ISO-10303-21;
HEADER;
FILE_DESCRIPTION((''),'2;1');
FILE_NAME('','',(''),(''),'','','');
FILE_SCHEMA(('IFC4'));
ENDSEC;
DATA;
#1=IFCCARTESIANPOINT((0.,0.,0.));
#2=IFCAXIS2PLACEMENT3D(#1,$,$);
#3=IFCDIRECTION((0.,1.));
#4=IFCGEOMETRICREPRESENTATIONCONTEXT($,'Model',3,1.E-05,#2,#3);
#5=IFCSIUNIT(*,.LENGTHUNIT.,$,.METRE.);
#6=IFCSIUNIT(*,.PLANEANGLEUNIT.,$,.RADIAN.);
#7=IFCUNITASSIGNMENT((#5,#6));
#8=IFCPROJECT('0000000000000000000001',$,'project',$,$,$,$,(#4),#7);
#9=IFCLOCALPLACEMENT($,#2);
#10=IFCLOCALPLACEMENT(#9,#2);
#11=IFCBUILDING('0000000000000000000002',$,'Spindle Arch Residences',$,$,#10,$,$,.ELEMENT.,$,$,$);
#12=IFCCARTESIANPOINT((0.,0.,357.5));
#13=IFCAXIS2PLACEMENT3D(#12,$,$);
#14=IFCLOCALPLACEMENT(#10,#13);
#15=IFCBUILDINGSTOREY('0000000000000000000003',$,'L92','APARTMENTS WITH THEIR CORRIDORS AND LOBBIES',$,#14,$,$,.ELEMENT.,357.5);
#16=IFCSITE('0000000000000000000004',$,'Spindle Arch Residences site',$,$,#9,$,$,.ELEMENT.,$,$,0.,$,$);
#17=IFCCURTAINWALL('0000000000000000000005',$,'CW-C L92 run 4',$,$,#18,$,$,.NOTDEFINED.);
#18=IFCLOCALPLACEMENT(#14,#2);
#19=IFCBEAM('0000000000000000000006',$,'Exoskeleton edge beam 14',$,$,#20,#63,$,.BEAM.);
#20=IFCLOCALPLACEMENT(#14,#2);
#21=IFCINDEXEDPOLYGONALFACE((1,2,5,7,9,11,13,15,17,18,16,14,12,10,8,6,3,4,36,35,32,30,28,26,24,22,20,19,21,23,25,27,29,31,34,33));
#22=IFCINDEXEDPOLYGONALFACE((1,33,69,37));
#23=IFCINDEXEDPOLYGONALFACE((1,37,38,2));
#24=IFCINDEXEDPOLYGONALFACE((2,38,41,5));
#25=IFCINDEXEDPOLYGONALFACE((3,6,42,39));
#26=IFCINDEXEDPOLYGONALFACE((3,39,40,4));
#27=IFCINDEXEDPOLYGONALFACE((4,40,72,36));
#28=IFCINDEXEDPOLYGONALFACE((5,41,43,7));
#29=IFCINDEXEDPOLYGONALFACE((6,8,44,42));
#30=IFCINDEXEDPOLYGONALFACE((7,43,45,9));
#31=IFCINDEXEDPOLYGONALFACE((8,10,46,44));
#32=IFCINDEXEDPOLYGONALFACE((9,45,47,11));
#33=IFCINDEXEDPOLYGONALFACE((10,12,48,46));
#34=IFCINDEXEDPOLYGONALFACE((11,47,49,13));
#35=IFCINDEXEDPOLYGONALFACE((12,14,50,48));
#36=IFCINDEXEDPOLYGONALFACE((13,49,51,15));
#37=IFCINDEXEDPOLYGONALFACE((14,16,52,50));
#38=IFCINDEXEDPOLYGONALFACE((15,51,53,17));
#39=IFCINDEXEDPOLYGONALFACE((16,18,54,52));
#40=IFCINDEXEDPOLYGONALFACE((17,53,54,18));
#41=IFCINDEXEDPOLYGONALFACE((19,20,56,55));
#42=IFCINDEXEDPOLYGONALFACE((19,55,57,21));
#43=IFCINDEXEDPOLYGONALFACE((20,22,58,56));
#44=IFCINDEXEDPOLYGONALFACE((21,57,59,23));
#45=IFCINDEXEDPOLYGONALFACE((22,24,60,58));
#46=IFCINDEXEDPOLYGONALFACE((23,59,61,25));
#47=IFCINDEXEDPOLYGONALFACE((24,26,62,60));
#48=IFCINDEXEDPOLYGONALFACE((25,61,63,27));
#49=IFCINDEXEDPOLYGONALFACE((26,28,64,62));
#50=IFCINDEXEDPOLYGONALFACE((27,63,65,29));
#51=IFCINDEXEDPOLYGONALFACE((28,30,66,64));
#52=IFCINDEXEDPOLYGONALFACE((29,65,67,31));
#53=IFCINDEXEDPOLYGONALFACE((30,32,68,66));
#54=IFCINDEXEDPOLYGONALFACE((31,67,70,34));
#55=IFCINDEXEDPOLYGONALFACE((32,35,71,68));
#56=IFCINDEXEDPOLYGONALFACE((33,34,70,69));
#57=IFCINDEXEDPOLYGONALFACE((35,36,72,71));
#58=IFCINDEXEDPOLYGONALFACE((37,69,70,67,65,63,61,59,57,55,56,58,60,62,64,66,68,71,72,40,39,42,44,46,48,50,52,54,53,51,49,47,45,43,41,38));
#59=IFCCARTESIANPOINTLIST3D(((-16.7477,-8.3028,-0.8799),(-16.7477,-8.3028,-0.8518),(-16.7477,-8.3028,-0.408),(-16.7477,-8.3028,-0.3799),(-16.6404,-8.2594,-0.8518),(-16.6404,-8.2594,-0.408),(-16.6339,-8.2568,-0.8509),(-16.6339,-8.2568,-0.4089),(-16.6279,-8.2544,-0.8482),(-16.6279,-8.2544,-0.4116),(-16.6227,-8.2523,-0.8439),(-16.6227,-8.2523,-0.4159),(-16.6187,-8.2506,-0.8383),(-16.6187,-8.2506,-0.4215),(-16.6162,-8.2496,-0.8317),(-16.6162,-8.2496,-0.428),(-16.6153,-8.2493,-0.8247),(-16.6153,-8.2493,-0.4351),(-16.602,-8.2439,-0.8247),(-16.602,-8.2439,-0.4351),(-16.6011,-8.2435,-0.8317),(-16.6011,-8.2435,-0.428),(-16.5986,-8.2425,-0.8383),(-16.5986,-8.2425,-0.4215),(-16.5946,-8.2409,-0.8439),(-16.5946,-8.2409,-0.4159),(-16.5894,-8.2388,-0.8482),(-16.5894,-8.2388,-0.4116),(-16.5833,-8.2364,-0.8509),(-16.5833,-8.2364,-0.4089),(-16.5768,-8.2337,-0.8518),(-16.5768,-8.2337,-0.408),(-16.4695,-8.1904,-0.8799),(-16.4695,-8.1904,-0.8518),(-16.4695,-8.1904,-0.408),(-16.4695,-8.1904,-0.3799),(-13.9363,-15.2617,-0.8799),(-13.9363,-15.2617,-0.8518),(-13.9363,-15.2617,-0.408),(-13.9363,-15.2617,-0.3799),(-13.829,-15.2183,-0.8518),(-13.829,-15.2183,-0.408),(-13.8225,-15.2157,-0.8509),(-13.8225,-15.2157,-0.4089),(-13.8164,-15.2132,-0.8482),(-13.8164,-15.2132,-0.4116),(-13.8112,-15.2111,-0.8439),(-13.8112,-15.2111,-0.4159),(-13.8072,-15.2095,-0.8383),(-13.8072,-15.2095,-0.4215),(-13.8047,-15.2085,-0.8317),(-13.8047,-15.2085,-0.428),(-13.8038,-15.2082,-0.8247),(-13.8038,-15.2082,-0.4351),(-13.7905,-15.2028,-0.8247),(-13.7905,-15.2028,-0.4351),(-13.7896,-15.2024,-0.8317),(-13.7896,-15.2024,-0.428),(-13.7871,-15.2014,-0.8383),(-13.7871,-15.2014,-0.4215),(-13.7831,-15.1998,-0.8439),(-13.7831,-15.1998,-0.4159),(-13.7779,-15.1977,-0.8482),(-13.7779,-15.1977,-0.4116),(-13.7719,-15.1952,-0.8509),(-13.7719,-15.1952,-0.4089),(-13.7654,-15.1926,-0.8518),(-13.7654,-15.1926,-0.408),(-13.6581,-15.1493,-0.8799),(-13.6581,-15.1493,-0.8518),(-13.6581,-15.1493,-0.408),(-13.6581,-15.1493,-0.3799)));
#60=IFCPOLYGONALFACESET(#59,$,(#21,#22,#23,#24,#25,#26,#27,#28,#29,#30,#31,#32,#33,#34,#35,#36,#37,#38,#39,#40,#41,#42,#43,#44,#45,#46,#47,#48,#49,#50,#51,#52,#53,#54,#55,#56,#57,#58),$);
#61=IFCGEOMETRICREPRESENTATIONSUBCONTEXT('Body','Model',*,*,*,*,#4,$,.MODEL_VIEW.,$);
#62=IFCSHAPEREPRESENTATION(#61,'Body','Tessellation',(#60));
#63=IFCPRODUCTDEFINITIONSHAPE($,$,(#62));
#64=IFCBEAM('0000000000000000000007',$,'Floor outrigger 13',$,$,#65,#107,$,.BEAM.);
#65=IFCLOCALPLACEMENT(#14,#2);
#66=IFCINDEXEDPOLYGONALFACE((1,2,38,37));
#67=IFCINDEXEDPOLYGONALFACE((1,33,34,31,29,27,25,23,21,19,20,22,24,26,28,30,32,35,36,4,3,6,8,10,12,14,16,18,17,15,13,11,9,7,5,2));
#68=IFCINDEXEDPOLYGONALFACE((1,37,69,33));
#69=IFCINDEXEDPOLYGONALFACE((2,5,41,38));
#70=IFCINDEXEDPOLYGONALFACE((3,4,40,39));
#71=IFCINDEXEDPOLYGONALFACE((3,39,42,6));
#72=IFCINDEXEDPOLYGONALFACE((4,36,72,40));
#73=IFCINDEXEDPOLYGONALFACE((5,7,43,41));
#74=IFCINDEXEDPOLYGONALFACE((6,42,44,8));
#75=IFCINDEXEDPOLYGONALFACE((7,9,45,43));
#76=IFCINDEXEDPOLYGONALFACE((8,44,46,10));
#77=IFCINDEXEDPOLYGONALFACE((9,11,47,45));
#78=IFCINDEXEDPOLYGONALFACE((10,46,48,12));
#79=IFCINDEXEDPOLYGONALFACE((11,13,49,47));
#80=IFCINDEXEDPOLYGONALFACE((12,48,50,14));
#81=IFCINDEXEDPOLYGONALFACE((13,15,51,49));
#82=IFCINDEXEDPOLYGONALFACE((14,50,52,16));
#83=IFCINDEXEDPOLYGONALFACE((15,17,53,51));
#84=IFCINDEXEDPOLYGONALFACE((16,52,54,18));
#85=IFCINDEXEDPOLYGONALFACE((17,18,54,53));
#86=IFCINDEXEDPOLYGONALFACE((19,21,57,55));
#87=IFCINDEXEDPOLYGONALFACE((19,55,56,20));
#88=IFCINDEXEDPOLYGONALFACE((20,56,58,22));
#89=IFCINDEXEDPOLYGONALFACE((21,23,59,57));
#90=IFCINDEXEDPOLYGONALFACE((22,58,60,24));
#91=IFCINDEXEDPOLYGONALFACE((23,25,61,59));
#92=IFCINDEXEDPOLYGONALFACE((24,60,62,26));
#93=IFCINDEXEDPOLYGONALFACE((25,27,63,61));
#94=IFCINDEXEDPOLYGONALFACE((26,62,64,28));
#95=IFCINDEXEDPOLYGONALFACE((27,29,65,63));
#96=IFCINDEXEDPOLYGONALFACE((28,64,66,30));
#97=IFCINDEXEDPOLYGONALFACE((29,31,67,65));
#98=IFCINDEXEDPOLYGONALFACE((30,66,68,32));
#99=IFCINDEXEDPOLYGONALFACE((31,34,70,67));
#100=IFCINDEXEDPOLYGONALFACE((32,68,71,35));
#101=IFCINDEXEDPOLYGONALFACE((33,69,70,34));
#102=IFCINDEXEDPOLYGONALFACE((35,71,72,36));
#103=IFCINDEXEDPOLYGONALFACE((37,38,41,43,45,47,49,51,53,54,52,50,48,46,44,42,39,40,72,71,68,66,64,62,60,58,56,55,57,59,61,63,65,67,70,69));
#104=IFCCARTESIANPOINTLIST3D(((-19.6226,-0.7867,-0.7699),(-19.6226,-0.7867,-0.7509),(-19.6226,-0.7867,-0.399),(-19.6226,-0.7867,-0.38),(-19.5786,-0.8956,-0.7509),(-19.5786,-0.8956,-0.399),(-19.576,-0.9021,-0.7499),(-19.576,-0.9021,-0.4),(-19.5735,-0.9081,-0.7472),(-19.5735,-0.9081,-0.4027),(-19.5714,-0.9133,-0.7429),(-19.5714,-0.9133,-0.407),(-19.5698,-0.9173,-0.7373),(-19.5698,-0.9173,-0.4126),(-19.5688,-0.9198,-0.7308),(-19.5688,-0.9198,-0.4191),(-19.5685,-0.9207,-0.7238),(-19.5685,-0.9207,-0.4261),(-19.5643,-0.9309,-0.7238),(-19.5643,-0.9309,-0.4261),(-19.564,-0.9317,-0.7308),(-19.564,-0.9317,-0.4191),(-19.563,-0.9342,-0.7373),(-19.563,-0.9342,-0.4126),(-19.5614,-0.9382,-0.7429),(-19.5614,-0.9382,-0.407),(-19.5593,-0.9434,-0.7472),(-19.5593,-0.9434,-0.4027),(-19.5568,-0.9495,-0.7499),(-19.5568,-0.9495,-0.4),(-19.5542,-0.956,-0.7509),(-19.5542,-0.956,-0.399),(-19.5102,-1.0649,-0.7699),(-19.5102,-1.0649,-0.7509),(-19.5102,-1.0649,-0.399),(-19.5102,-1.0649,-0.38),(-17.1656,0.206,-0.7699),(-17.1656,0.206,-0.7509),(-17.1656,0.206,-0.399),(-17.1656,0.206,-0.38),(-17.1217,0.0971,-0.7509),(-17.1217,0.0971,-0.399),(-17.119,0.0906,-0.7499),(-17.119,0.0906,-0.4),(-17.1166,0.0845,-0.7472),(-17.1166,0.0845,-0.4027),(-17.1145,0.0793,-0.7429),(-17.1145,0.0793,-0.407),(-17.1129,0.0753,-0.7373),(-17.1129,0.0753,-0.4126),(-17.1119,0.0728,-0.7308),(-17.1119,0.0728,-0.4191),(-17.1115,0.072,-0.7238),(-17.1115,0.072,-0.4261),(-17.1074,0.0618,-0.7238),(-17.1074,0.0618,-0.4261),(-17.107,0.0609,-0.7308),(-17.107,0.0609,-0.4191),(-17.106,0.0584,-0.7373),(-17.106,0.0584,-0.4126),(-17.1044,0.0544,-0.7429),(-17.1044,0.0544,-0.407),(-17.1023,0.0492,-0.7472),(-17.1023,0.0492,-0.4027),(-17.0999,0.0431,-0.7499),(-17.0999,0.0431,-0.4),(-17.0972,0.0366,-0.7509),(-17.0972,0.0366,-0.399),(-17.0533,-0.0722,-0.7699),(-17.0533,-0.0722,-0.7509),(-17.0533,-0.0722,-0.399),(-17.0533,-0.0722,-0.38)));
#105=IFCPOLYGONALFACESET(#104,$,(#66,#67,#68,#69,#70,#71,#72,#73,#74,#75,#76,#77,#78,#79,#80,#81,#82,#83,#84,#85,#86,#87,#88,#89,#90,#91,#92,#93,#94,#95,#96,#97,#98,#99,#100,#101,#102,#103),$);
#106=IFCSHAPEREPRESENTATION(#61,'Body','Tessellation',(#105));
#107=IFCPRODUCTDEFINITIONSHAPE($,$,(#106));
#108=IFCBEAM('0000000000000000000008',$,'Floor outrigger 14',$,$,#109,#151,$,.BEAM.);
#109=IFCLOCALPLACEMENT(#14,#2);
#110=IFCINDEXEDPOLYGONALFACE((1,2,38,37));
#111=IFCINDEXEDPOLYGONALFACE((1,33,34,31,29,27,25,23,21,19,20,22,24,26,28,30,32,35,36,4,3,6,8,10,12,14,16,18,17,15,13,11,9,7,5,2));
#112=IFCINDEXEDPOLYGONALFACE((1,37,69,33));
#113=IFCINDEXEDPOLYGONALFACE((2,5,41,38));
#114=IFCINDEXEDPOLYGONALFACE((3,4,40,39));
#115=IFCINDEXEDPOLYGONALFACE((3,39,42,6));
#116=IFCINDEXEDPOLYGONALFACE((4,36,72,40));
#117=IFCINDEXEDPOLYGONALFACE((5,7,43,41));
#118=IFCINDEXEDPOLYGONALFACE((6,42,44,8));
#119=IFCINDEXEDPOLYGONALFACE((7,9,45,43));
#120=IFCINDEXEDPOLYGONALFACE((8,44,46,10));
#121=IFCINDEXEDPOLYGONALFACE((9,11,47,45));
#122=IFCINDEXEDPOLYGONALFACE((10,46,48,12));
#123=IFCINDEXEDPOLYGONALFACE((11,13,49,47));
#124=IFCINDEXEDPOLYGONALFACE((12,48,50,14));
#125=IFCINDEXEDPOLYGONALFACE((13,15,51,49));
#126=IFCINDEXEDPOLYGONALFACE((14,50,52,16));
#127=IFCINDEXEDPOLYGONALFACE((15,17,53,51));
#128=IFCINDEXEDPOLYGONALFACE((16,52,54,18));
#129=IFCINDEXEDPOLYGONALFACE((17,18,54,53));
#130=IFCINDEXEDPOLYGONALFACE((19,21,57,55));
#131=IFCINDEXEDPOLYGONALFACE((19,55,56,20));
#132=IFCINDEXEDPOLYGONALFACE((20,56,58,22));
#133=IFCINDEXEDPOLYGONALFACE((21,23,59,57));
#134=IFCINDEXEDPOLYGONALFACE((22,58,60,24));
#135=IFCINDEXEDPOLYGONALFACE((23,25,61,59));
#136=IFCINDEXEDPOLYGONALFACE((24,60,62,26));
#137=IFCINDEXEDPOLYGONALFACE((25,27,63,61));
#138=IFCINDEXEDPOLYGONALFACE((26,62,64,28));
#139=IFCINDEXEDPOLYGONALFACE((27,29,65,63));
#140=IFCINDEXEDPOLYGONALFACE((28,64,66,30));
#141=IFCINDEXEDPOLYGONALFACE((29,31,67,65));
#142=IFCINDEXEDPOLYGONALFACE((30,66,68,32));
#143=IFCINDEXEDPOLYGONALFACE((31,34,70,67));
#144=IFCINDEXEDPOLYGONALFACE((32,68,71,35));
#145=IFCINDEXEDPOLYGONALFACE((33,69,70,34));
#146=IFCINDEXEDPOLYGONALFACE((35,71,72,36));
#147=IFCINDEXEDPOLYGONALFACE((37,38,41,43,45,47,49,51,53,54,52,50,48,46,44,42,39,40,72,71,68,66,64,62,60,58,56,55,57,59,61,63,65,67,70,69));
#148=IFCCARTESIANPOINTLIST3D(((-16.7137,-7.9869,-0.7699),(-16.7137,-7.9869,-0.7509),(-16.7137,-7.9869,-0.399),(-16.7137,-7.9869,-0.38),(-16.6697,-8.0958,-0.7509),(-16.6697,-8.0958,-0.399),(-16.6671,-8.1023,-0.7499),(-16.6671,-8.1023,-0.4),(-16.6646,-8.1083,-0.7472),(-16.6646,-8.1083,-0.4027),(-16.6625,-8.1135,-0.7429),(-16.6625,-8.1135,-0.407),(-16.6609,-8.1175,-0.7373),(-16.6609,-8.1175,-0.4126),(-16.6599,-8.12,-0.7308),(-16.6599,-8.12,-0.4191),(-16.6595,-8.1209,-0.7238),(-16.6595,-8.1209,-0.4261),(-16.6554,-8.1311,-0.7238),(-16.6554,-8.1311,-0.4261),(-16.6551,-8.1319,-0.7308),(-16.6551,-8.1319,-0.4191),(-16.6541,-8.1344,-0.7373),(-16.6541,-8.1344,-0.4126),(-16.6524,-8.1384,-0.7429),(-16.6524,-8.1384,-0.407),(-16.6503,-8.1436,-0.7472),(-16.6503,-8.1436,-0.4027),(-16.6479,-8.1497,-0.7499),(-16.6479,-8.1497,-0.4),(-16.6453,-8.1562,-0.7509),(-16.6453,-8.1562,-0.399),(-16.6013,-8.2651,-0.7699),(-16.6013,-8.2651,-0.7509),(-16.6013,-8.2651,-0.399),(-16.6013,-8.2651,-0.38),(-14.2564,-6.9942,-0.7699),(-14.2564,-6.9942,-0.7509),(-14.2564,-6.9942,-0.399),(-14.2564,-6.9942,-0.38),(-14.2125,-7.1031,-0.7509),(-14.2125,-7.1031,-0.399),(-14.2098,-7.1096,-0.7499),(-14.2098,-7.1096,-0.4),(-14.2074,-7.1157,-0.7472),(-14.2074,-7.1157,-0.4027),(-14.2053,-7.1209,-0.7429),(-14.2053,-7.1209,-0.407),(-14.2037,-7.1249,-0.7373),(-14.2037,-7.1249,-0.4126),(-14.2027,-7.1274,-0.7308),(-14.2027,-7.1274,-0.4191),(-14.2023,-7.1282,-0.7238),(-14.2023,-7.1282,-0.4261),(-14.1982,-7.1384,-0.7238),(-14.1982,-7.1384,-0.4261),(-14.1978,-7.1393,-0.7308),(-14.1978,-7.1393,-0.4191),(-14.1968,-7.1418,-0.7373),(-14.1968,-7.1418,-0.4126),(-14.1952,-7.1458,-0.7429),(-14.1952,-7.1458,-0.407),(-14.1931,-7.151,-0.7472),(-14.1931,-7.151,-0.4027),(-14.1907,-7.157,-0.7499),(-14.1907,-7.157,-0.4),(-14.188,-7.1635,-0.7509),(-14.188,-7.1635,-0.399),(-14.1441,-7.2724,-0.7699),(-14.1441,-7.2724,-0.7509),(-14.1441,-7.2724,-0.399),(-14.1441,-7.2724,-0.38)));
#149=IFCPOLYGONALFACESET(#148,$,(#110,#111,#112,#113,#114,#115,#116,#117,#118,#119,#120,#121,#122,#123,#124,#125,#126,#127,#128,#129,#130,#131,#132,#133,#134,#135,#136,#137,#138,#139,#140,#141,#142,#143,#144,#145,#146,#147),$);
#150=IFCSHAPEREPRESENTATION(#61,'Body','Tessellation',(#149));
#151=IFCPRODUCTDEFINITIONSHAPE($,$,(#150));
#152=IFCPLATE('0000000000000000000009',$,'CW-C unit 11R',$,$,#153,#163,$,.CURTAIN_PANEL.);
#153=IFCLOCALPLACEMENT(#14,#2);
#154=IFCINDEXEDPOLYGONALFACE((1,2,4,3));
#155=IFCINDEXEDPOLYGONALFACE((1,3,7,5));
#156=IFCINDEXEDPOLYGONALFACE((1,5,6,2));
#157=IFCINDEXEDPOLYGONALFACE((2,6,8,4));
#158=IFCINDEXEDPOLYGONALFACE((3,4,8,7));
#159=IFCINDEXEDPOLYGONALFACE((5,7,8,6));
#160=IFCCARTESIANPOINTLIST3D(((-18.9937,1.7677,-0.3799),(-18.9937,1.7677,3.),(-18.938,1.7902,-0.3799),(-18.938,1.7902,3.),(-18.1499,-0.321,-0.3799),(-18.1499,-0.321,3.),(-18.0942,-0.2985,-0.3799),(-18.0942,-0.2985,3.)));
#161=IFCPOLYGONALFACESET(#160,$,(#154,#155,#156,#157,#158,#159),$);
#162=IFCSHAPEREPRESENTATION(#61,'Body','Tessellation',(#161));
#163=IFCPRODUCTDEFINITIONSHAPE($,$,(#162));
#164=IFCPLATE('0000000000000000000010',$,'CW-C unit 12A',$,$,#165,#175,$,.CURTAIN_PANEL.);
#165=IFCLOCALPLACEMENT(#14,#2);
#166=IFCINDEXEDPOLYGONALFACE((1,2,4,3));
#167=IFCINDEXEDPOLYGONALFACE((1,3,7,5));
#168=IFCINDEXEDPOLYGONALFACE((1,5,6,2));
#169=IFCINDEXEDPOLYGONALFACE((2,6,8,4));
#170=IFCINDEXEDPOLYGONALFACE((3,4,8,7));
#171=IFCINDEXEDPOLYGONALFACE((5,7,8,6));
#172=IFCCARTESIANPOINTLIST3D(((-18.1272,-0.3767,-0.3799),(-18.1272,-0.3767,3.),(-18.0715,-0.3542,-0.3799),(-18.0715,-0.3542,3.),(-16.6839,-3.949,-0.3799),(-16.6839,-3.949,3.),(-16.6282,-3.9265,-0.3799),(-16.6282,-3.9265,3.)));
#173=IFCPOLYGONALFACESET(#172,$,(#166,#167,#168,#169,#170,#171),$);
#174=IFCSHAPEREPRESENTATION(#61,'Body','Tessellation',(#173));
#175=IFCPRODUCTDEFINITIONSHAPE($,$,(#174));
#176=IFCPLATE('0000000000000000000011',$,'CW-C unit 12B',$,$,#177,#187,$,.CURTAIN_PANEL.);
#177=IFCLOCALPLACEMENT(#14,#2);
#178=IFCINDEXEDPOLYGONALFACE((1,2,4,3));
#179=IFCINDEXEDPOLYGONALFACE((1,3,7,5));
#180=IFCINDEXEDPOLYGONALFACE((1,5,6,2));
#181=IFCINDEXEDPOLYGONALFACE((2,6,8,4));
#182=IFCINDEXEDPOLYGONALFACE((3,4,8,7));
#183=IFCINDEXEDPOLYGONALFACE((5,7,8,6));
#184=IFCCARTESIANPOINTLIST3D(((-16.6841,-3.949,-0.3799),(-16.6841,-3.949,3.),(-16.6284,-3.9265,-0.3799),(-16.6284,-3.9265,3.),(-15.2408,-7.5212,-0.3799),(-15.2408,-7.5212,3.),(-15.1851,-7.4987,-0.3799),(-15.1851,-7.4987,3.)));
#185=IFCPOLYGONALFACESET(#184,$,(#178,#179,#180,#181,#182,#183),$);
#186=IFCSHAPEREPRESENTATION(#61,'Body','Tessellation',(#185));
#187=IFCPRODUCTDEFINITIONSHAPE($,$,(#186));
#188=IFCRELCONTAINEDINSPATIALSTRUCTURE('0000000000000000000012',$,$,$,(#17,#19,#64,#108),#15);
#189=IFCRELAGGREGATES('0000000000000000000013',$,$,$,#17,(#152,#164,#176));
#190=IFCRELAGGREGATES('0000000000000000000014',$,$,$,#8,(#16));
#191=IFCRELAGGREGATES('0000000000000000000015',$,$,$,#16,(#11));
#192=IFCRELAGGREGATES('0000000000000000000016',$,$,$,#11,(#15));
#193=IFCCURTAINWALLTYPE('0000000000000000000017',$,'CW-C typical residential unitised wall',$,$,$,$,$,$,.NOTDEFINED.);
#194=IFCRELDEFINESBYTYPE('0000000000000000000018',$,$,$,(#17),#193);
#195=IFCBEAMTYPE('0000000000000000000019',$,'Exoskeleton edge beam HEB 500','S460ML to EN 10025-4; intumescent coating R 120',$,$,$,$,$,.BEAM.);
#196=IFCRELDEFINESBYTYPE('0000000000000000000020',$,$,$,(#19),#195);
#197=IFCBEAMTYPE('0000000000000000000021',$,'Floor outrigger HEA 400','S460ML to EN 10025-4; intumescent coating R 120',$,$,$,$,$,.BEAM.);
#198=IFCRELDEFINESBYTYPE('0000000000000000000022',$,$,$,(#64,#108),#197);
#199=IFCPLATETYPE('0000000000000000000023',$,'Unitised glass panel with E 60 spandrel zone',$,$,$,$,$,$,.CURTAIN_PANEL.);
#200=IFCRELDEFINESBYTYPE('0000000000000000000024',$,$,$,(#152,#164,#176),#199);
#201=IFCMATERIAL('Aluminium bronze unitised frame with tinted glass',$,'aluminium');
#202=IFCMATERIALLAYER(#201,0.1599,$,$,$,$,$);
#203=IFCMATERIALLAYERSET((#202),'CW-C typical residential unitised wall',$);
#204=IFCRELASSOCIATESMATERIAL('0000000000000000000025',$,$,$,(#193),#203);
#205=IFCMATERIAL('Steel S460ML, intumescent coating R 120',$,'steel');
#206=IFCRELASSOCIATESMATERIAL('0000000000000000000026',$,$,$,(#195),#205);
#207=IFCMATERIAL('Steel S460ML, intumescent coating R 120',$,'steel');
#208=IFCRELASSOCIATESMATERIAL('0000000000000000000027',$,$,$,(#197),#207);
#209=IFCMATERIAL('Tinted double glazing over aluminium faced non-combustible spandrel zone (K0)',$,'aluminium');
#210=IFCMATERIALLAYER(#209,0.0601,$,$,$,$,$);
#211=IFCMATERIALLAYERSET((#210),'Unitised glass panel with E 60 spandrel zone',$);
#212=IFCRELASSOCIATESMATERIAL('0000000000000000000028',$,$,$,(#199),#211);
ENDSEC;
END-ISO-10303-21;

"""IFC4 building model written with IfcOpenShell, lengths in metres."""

from ifc_helpers import new_model, si_unit, direction, frame, origin, origin_2d, place, context, subcontext, project, spatial, rectangle, i_section, extrude, material, layer, layer_set, material_profile, profile_set, type_object, element, aggregate, save


model = new_model("IFC4")

# Units and contexts
model_context = context("Model", 3, precision=1e-05, world=origin(), true_north=direction((0.0, 1.0)))
body_context = subcontext(model_context, "Body", "Model", "MODEL_VIEW")
ifc_project = project(units=[si_unit("LENGTHUNIT", "METRE"), si_unit("PLANEANGLEUNIT", "RADIAN")], contexts=[model_context])

# Site, building, storey
site_placement = place(None, origin())
site = spatial("IfcSite", under=ifc_project, at=site_placement, Name="Spindle Arch Residences site", CompositionType="ELEMENT", RefElevation=0.0)
building_placement = place(site_placement, origin())
building = spatial("IfcBuilding", under=site, at=building_placement, Name="Spindle Arch Residences", CompositionType="ELEMENT")
storey_placement = place(building_placement, frame((0.0, 0.0, 357.5)))
storey = spatial("IfcBuildingStorey", under=building, at=storey_placement, Name="L92", Description="APARTMENTS WITH THEIR CORRIDORS AND LOBBIES", CompositionType="ELEMENT", Elevation=357.5)

# Curtain wall
ifc_material_1 = material(Name="Aluminium bronze unitised frame with tinted glass", Category="aluminium")
ifc_layer_1 = layer(ifc_material_1, 0.1599)
ifc_layer_set_1 = layer_set([ifc_layer_1], Name="CW-C typical residential unitised wall")
curtain_wall_type = type_object("IfcCurtainWallType", Name="CW-C typical residential unitised wall", PredefinedType="NOTDEFINED", material=ifc_layer_set_1)
curtain_wall_placement = place(storey_placement, origin())
curtain_wall = element("IfcCurtainWall", 1, at=curtain_wall_placement, inside=storey, type_object=curtain_wall_type, Name="CW-C L92 run 4", PredefinedType="NOTDEFINED")

# Beams
ifc_material_2 = material(Name="Steel S460ML, intumescent coating R 120", Category="steel")
ifc_material_profile_1 = material_profile(ifc_material_2, i_section(OverallWidth=0.3, OverallDepth=0.5, WebThickness=0.0144, FlangeThickness=0.0281, FilletRadius=0.0271, at=origin_2d()), Name="HEB 500")
ifc_profile_set_1 = profile_set([ifc_material_profile_1], Name="Steel S460ML, intumescent coating R 120")
beam_type_1 = type_object("IfcBeamType", Name="Exoskeleton edge beam HEB 500", Description="S460ML to EN 10025-4; intumescent coating R 120", PredefinedType="BEAM", material=ifc_profile_set_1)
for number, where, z_axis, x_axis, name in (
    (2, (-16.6086, -8.2466, -0.6299), (0.374596, -0.927188, 0.0), (0.927188, 0.374596, 0.0), "Exoskeleton edge beam 14"),
):
    element("IfcBeam", number, at=place(storey_placement, frame(where, z_axis=z_axis, x_axis=x_axis)), inside=storey, type_object=beam_type_1, Name=name, PredefinedType="BEAM", context=body_context, shape_type="SweptSolid", body=[
        extrude(i_section(OverallWidth=0.3, OverallDepth=0.5, WebThickness=0.0144, FlangeThickness=0.0281, FilletRadius=0.0271, at=origin_2d()), origin(), (0.0, 0.0, 1.0), 7.5054),
    ])
ifc_material_3 = material(Name="Steel S460ML, intumescent coating R 120", Category="steel")
ifc_material_profile_2 = material_profile(ifc_material_3, i_section(OverallWidth=0.3, OverallDepth=0.3899, WebThickness=0.011, FlangeThickness=0.019, FilletRadius=0.0271, at=origin_2d()), Name="HEA 400")
ifc_profile_set_2 = profile_set([ifc_material_profile_2], Name="Steel S460ML, intumescent coating R 120")
beam_type_2 = type_object("IfcBeamType", Name="Floor outrigger HEA 400", Description="S460ML to EN 10025-4; intumescent coating R 120", PredefinedType="BEAM", material=ifc_profile_set_2)
beam_1_placement = place(storey_placement, frame((-19.5664, -0.9258, -0.575), z_axis=(0.927188, 0.374597, 0.0), x_axis=(-0.374597, 0.927188, 0.0)))
element("IfcBeam", 3, at=beam_1_placement, inside=storey, type_object=beam_type_2, Name="Floor outrigger 13", PredefinedType="BEAM", context=body_context, shape_type="SweptSolid", body=[
    extrude(i_section(OverallWidth=0.3, OverallDepth=0.3899, WebThickness=0.011, FlangeThickness=0.019, FilletRadius=0.0271, at=origin_2d()), origin(), (0.0, 0.0, 1.0), 2.6499),
])
beam_2_placement = place(storey_placement, frame((-16.6575, -8.126, -0.575), z_axis=(0.927201, 0.374565, 0.0), x_axis=(-0.374565, 0.927201, 0.0)))
element("IfcBeam", 4, at=beam_2_placement, inside=storey, type_object=beam_type_2, Name="Floor outrigger 14", PredefinedType="BEAM", context=body_context, shape_type="SweptSolid", body=[
    extrude(i_section(OverallWidth=0.3, OverallDepth=0.3899, WebThickness=0.011, FlangeThickness=0.019, FilletRadius=0.0271, at=origin_2d()), origin(), (0.0, 0.0, 1.0), 2.6501),
])

# Plates
ifc_material_4 = material(Name="Tinted double glazing over aluminium faced non-combustible spandrel zone (K0)", Category="aluminium")
ifc_layer_2 = layer(ifc_material_4, 0.0601)
ifc_layer_set_2 = layer_set([ifc_layer_2], Name="Unitised glass panel with E 60 spandrel zone")
plate_type = type_object("IfcPlateType", Name="Unitised glass panel with E 60 spandrel zone", PredefinedType="CURTAIN_PANEL", material=ifc_layer_set_2)
plate_1_placement = place(storey_placement, frame((-18.5439, 0.7346, -0.3799), z_axis=(0.0, 0.0, 1.0), x_axis=(0.374607, -0.927184, 0.0)))
plate_1 = element("IfcPlate", 5, at=plate_1_placement, type_object=plate_type, Name="CW-C unit 11R", PredefinedType="CURTAIN_PANEL", context=body_context, shape_type="SweptSolid", body=[
    extrude(rectangle(XDim=2.2527, YDim=0.0601, at=origin_2d()), origin(), (0.0, 0.0, 1.0), 3.3799),
])
plate_2_placement = place(storey_placement, frame((-17.3777, -2.1516, -0.3799), z_axis=(0.0, 0.0, 1.0), x_axis=(0.374607, -0.927184, 0.0)))
plate_2 = element("IfcPlate", 6, at=plate_2_placement, type_object=plate_type, Name="CW-C unit 12A", PredefinedType="CURTAIN_PANEL", context=body_context, shape_type="SweptSolid", body=[
    extrude(rectangle(XDim=3.8528, YDim=0.0601, at=origin_2d()), origin(), (0.0, 0.0, 1.0), 3.3799),
])
plate_3_placement = place(storey_placement, frame((-15.9346, -5.7239, -0.3799), z_axis=(0.0, 0.0, 1.0), x_axis=(0.374607, -0.927184, 0.0)))
plate_3 = element("IfcPlate", 7, at=plate_3_placement, type_object=plate_type, Name="CW-C unit 12B", PredefinedType="CURTAIN_PANEL", context=body_context, shape_type="SweptSolid", body=[
    extrude(rectangle(XDim=3.8528, YDim=0.0601, at=origin_2d()), origin(), (0.0, 0.0, 1.0), 3.3799),
])
aggregate(curtain_wall, [plate_1, plate_2, plate_3])

save(model, "model.ifc")
